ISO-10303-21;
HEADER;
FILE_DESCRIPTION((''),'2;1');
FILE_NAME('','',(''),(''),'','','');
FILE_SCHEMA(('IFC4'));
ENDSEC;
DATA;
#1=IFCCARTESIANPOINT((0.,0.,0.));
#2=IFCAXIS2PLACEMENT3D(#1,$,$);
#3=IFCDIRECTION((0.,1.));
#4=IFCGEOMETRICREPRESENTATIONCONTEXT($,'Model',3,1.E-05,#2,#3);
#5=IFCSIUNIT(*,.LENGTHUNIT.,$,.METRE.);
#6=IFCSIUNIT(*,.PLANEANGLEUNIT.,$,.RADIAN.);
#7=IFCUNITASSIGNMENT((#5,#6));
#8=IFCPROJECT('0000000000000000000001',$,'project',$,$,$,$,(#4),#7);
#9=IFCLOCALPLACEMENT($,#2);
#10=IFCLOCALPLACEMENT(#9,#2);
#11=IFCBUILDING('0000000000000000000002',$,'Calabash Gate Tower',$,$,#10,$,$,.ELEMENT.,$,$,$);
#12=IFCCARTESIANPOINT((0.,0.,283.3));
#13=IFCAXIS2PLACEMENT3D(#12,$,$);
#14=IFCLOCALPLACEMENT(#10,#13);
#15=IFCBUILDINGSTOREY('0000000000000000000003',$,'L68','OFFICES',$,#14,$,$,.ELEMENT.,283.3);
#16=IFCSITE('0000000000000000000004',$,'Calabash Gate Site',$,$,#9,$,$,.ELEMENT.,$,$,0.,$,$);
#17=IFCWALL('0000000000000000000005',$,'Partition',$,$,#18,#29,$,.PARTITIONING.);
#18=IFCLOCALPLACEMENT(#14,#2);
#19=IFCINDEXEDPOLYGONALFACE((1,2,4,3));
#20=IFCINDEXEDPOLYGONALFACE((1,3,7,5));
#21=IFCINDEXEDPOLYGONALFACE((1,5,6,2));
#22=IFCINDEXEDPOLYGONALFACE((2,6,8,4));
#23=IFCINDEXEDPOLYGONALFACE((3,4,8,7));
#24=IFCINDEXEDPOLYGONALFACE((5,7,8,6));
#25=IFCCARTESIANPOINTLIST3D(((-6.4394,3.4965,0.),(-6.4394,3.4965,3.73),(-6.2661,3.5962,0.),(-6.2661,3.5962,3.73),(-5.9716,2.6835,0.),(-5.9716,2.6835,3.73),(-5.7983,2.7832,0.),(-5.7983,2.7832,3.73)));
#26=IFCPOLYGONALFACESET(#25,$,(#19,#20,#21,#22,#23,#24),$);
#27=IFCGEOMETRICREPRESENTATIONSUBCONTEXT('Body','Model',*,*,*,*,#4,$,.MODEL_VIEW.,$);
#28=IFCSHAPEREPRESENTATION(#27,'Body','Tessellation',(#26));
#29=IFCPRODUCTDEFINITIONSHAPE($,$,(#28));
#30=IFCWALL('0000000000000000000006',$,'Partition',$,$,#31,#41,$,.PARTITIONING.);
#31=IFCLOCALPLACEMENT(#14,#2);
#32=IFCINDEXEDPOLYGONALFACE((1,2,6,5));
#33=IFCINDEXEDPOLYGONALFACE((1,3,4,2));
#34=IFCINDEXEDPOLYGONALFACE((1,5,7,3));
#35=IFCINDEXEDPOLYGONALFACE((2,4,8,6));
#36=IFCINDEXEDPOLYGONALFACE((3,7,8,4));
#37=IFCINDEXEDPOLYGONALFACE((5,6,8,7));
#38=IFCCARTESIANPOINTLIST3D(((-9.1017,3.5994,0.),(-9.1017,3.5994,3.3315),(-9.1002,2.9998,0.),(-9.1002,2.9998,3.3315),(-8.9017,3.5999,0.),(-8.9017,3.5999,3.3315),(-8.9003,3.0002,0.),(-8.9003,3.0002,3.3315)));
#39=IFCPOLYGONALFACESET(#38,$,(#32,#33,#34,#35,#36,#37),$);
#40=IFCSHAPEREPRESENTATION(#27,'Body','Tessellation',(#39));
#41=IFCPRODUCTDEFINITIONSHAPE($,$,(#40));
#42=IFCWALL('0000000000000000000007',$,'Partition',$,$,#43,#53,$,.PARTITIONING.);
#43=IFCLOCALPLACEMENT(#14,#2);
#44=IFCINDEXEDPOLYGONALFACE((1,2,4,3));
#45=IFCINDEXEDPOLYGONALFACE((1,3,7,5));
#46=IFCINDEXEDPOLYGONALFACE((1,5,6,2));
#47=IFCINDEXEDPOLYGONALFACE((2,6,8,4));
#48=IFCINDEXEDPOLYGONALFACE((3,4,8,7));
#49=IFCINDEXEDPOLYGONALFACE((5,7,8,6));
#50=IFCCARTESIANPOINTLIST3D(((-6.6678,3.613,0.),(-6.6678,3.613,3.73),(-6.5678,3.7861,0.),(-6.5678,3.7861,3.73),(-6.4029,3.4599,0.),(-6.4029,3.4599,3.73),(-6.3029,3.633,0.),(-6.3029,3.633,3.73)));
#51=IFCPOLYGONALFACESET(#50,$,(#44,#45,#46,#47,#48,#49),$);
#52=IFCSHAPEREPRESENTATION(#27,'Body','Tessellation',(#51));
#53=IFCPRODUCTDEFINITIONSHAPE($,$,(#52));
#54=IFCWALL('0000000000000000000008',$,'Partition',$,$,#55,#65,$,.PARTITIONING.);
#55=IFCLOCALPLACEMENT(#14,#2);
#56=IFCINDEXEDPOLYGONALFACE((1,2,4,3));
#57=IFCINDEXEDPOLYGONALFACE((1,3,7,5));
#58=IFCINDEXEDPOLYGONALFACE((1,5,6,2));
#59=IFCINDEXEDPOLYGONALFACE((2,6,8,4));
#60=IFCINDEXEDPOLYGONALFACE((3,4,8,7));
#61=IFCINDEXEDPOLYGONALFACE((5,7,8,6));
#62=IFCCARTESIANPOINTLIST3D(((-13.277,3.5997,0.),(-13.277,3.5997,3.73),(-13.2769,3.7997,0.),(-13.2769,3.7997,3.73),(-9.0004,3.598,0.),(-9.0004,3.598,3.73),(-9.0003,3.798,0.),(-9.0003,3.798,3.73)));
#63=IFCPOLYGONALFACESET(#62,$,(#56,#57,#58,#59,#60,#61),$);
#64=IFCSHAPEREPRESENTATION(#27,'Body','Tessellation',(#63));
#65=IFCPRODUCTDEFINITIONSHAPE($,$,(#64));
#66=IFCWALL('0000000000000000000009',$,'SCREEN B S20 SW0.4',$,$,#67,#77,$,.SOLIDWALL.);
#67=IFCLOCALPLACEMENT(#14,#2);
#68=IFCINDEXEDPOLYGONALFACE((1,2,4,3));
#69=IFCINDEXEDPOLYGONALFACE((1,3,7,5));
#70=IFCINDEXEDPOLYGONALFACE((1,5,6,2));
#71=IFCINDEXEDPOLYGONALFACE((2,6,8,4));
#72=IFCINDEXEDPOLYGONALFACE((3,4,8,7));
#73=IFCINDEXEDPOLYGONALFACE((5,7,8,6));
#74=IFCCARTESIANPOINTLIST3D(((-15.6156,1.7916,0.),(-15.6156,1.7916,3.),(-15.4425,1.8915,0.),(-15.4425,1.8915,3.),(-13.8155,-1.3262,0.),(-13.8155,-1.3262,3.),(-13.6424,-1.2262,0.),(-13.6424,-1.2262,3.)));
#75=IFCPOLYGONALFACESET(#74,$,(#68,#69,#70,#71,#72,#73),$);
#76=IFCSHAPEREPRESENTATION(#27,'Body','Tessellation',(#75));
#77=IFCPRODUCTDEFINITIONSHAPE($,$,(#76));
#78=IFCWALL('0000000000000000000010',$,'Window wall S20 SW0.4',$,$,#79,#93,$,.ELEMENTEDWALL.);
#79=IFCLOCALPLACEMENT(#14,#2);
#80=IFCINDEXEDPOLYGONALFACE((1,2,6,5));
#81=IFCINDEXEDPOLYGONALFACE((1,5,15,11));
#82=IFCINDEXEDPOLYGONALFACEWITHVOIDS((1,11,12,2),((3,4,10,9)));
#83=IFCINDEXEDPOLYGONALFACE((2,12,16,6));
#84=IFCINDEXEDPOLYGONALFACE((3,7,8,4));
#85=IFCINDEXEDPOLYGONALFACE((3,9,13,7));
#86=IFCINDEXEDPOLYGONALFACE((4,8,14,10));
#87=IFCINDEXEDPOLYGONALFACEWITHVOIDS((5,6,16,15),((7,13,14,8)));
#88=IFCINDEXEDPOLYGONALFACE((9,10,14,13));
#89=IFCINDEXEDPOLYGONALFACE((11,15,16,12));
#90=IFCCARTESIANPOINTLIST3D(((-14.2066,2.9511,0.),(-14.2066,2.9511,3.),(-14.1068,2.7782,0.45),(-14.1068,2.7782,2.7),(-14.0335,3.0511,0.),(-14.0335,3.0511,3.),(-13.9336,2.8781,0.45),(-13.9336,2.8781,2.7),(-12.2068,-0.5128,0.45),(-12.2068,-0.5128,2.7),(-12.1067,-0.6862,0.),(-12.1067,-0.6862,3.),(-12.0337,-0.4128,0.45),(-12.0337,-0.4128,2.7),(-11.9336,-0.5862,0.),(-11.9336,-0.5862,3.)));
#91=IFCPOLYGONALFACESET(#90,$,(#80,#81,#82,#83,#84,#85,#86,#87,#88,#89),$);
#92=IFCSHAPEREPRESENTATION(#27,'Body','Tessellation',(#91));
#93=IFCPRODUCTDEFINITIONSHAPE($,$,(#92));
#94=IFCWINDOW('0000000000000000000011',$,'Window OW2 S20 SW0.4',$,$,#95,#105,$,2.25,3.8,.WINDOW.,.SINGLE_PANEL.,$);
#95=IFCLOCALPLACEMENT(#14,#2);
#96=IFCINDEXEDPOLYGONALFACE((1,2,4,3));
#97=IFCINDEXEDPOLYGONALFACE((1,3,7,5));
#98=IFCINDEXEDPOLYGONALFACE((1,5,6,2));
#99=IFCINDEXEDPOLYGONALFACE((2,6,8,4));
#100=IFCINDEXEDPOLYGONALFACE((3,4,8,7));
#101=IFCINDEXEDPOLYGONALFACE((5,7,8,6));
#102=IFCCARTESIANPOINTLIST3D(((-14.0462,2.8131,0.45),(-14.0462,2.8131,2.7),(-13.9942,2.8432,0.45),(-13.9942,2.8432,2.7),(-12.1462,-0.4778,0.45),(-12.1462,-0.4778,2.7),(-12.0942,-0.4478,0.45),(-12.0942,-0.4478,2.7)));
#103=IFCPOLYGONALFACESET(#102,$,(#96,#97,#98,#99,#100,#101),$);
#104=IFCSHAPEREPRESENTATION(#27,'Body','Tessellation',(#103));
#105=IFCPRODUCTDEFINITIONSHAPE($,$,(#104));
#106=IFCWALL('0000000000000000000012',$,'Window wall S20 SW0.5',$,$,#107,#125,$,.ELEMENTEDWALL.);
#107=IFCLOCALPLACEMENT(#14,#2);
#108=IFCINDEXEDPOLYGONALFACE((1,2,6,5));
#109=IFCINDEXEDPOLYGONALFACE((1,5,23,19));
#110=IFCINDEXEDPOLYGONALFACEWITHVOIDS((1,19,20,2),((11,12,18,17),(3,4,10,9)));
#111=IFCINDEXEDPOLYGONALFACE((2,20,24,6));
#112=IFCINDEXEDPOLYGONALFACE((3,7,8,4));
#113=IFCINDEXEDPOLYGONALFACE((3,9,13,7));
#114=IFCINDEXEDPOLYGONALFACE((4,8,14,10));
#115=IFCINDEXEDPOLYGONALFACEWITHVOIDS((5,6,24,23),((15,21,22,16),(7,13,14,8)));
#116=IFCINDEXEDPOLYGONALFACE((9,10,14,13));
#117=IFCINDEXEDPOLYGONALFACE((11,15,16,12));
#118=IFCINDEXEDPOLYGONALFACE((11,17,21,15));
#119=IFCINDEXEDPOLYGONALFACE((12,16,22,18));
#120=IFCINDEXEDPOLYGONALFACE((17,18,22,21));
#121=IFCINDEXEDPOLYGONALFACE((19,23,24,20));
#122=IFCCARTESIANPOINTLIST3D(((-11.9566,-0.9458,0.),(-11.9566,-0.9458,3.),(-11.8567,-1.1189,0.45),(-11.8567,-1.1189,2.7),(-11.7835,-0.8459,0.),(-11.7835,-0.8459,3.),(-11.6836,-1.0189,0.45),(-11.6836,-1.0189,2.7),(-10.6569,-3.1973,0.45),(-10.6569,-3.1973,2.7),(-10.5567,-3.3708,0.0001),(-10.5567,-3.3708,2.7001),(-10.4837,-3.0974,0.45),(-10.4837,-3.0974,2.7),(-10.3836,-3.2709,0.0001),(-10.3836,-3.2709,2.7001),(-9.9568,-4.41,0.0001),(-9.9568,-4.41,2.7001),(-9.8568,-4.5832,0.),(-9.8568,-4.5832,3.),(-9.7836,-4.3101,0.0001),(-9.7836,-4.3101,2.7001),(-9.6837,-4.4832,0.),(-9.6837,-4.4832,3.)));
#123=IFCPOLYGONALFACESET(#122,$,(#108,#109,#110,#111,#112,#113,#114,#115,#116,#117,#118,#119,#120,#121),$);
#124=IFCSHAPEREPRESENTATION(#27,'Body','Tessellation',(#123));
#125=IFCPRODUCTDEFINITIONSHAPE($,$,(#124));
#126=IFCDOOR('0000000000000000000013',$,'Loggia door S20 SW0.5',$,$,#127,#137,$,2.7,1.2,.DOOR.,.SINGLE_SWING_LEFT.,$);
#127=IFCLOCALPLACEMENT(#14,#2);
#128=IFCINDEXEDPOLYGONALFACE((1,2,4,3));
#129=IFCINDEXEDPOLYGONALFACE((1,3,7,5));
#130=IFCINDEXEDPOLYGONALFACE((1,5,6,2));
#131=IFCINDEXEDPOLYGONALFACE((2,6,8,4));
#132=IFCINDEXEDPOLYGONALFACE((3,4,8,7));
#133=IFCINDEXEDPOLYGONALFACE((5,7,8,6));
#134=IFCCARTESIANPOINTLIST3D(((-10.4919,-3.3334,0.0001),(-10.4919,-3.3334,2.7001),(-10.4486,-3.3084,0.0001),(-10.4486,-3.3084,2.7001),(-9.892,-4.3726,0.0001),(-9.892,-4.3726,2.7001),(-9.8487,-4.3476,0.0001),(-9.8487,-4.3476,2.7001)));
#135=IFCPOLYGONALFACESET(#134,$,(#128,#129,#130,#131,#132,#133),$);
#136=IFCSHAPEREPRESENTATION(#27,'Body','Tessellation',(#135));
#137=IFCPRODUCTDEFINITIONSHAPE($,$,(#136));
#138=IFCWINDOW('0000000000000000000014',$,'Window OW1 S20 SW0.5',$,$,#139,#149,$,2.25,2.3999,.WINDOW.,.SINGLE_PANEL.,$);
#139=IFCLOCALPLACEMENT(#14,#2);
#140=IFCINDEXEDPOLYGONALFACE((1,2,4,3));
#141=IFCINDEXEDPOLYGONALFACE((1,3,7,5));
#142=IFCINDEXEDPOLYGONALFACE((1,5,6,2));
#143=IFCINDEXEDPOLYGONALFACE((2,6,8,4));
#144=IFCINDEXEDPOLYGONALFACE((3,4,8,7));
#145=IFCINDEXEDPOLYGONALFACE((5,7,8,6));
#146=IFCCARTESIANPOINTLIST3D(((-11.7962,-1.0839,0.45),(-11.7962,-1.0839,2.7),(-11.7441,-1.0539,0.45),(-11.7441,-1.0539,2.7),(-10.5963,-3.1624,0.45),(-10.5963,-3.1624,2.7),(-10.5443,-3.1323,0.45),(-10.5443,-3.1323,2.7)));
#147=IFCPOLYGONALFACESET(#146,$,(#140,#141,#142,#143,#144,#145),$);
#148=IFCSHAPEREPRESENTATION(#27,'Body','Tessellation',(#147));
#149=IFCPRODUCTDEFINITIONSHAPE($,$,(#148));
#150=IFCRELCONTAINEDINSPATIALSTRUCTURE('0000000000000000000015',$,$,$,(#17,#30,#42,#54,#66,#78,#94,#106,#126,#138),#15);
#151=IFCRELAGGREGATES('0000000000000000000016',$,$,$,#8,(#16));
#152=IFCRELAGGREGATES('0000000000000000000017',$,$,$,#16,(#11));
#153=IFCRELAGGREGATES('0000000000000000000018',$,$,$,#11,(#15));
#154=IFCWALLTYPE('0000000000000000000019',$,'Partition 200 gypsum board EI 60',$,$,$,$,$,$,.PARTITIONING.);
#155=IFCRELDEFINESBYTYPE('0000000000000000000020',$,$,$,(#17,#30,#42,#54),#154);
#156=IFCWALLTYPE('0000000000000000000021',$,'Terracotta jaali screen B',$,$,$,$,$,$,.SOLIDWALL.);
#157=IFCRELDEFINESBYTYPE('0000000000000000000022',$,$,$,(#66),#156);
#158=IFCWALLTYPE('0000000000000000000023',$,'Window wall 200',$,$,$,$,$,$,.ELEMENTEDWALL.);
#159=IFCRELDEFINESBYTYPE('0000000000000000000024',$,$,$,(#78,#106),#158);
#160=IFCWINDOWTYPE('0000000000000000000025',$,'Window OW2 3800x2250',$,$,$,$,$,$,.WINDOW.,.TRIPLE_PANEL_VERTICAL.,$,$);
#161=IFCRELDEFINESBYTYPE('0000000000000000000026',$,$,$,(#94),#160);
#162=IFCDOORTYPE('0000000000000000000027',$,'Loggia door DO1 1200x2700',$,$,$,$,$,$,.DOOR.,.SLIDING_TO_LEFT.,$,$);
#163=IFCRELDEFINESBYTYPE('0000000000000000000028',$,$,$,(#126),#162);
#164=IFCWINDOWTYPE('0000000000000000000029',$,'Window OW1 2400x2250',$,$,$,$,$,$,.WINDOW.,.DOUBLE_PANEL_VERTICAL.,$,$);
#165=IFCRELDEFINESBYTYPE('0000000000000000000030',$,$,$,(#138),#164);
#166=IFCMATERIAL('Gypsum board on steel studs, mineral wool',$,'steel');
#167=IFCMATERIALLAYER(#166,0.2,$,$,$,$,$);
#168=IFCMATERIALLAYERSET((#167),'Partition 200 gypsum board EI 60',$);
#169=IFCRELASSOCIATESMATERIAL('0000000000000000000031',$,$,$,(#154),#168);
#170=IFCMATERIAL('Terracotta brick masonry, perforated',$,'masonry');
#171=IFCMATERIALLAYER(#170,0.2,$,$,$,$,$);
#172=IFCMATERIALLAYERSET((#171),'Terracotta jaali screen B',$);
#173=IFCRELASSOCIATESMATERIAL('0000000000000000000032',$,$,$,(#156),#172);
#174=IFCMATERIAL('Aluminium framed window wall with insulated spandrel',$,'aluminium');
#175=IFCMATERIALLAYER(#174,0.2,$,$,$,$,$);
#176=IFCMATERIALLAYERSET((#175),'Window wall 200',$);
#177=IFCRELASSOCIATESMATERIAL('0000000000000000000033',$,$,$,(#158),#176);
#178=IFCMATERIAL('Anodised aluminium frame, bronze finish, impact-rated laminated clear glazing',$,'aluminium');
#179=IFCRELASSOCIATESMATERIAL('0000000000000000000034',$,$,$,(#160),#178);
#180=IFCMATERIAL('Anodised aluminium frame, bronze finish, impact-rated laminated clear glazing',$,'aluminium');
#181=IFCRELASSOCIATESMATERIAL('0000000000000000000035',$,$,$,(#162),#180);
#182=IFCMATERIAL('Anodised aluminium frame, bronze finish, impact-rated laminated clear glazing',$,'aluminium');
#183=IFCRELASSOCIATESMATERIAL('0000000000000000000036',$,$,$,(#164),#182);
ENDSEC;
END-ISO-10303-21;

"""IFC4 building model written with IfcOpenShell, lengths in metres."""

from ifc_helpers import new_model, si_unit, direction, frame, frame_2d, origin, place, context, subcontext, project, spatial, rectangle, extrude, material, layer, layer_set, type_object, element, fill, save


model = new_model("IFC4")

# Units and contexts
model_context = context("Model", 3, precision=1e-05, world=origin(), true_north=direction((0.0, 1.0)))
body_context = subcontext(model_context, "Body", "Model", "MODEL_VIEW")
ifc_project = project(units=[si_unit("LENGTHUNIT", "METRE"), si_unit("PLANEANGLEUNIT", "RADIAN")], contexts=[model_context])

# Site, building, storey
site_placement = place(None, origin())
site = spatial("IfcSite", under=ifc_project, at=site_placement, Name="Calabash Gate Site", CompositionType="ELEMENT", RefElevation=0.0)
building_placement = place(site_placement, origin())
building = spatial("IfcBuilding", under=site, at=building_placement, Name="Calabash Gate Tower", CompositionType="ELEMENT")
storey_placement = place(building_placement, frame((0.0, 0.0, 283.3)))
storey = spatial("IfcBuildingStorey", under=building, at=storey_placement, Name="L68", Description="OFFICES", CompositionType="ELEMENT", Elevation=283.3)

# Walls
ifc_material_1 = material(Name="Gypsum board on steel studs, mineral wool", Category="steel")
ifc_layer_1 = layer(ifc_material_1, 0.2)
ifc_layer_set_1 = layer_set([ifc_layer_1], Name="Partition 200 gypsum board EI 60")
wall_type_1 = type_object("IfcWallType", Name="Partition 200 gypsum board EI 60", PredefinedType="PARTITIONING", material=ifc_layer_set_1)
wall_1_placement = place(storey_placement, frame((-6.3528, 3.5464, 0.0), z_axis=(0.0, 0.0, 1.0), x_axis=(0.498716, -0.866766, 0.0)))
element("IfcWall", 1, at=wall_1_placement, inside=storey, type_object=wall_type_1, Name="Partition", PredefinedType="PARTITIONING", context=body_context, shape_type="SweptSolid", body=[
    extrude(rectangle(XDim=0.938, YDim=0.2, at=frame_2d((0.469, 0.0))), origin(), (0.0, 0.0, 1.0), 3.73),
])
wall_2_placement = place(storey_placement, frame((-9.0017, 3.5996, 0.0), z_axis=(0.0, 0.0, 1.0), x_axis=(0.002443, -0.999997, 0.0)))
element("IfcWall", 2, at=wall_2_placement, inside=storey, type_object=wall_type_1, Name="Partition", PredefinedType="PARTITIONING", context=body_context, shape_type="SweptSolid", body=[
    extrude(rectangle(XDim=0.5996, YDim=0.2, at=frame_2d((0.2998, 0.0))), origin(), (0.0, 0.0, 1.0), 3.3315),
])
wall_3_placement = place(storey_placement, frame((-6.6177, 3.6995, 0.0), z_axis=(0.0, 0.0, 1.0), x_axis=(0.865827, -0.500344, 0.0)))
element("IfcWall", 3, at=wall_3_placement, inside=storey, type_object=wall_type_1, Name="Partition", PredefinedType="PARTITIONING", context=body_context, shape_type="SweptSolid", body=[
    extrude(rectangle(XDim=0.3059, YDim=0.2, at=frame_2d((0.1528, 0.0))), origin(), (0.0, 0.0, 1.0), 3.73),
])
wall_4_placement = place(storey_placement, frame((-13.2769, 3.6997, 0.0), z_axis=(0.0, 0.0, 1.0), x_axis=(1.0, -0.0004, 0.0)))
element("IfcWall", 4, at=wall_4_placement, inside=storey, type_object=wall_type_1, Name="Partition", PredefinedType="PARTITIONING", context=body_context, shape_type="SweptSolid", body=[
    extrude(rectangle(XDim=4.2766, YDim=0.2, at=frame_2d((2.1382, 0.0))), origin(), (0.0, 0.0, 1.0), 3.73),
])

# Wall
ifc_material_2 = material(Name="Terracotta brick masonry, perforated", Category="masonry")
ifc_layer_2 = layer(ifc_material_2, 0.2)
ifc_layer_set_2 = layer_set([ifc_layer_2], Name="Terracotta jaali screen B")
wall_type_2 = type_object("IfcWallType", Name="Terracotta jaali screen B", PredefinedType="SOLIDWALL", material=ifc_layer_set_2)
wall_5_placement = place(storey_placement, frame((-15.5291, 1.8416, 0.0), z_axis=(0.0, 0.0, 1.0), x_axis=(0.500012, -0.866018, 0.0)))
element("IfcWall", 5, at=wall_5_placement, inside=storey, type_object=wall_type_2, Name="SCREEN B S20 SW0.4", PredefinedType="SOLIDWALL", context=body_context, shape_type="SweptSolid", body=[
    extrude(rectangle(XDim=3.6001, YDim=0.2, at=frame_2d((1.8, 0.0))), origin(), (0.0, 0.0, 1.0), 3.0),
])

# Wall, opening, window
ifc_material_3 = material(Name="Aluminium framed window wall with insulated spandrel", Category="aluminium")
ifc_layer_3 = layer(ifc_material_3, 0.2)
ifc_layer_set_3 = layer_set([ifc_layer_3], Name="Window wall 200")
wall_type_3 = type_object("IfcWallType", Name="Window wall 200", PredefinedType="ELEMENTEDWALL", material=ifc_layer_set_3)
wall_6_placement = place(storey_placement, frame((-14.1201, 3.0012, 0.0), z_axis=(0.0, 0.0, 1.0), x_axis=(0.499984, -0.866035, 0.0)))
wall_6 = element("IfcWall", 6, at=wall_6_placement, inside=storey, type_object=wall_type_3, Name="Window wall S20 SW0.4", PredefinedType="ELEMENTEDWALL", context=body_context, shape_type="SweptSolid", body=[
    extrude(rectangle(XDim=4.2, YDim=0.2, at=frame_2d((2.1001, 0.0))), origin(), (0.0, 0.0, 1.0), 3.0),
])
opening_1_placement = place(wall_6_placement, frame((0.2, 0.0, 0.45)))
opening_1 = element("IfcOpeningElement", 7, at=opening_1_placement, cuts=wall_6, PredefinedType="OPENING", context=body_context, shape_type="SweptSolid", body=[
    extrude(rectangle(XDim=3.8, YDim=2.25, at=frame_2d((1.8999, 1.125))), frame((0.0, 0.1099, 0.0), z_axis=(0.0, -1.0, 0.0), x_axis=(1.0, 0.0, 0.0)), (0.0, 0.0, 1.0), 0.22),
])
ifc_material_4 = material(Name="Anodised aluminium frame, bronze finish, impact-rated laminated clear glazing", Category="aluminium")
window_type_1 = type_object("IfcWindowType", Name="Window OW2 3800x2250", PartitioningType="TRIPLE_PANEL_VERTICAL", PredefinedType="WINDOW", material=ifc_material_4)
window_1_placement = place(opening_1_placement, origin())
window_1 = element("IfcWindow", 8, at=window_1_placement, inside=storey, type_object=window_type_1, Name="Window OW2 S20 SW0.4", OverallHeight=2.25, OverallWidth=3.8, PartitioningType="SINGLE_PANEL", PredefinedType="WINDOW", context=body_context, shape_type="SweptSolid", body=[
    extrude(rectangle(XDim=3.8, YDim=2.25, at=frame_2d((1.8999, 1.125))), frame((0.0, 0.03, 0.0), z_axis=(0.0, -1.0, 0.0), x_axis=(1.0, 0.0, 0.0)), (0.0, 0.0, 1.0), 0.0601),
])
fill(opening_1, window_1)

# Wall, openings, door, window
wall_7_placement = place(storey_placement, frame((-11.8701, -0.8958, 0.0), z_axis=(0.0, 0.0, 1.0), x_axis=(0.499959, -0.866049, 0.0)))
wall_7 = element("IfcWall", 9, at=wall_7_placement, inside=storey, type_object=wall_type_3, Name="Window wall S20 SW0.5", PredefinedType="ELEMENTEDWALL", context=body_context, shape_type="SweptSolid", body=[
    extrude(rectangle(XDim=4.2, YDim=0.2, at=frame_2d((2.1001, 0.0))), origin(), (0.0, 0.0, 1.0), 3.0),
])
opening_2_placement = place(wall_7_placement, frame((0.2, 0.0, 0.45)))
opening_2 = element("IfcOpeningElement", 10, at=opening_2_placement, cuts=wall_7, PredefinedType="OPENING", context=body_context, shape_type="SweptSolid", body=[
    extrude(rectangle(XDim=2.3999, YDim=2.25, at=frame_2d((1.2, 1.125))), frame((0.0, 0.1099, 0.0), z_axis=(0.0, -1.0, 0.0), x_axis=(1.0, 0.0, 0.0)), (0.0, 0.0, 1.0), 0.22),
])
opening_3_placement = place(wall_7_placement, frame((2.8, 0.0, 0.0)))
opening_3 = element("IfcOpeningElement", 11, at=opening_3_placement, cuts=wall_7, PredefinedType="OPENING", context=body_context, shape_type="SweptSolid", body=[
    extrude(rectangle(XDim=1.2, YDim=2.7, at=frame_2d((0.6001, 1.3501))), frame((0.0, 0.1099, 0.0), z_axis=(0.0, -1.0, 0.0), x_axis=(1.0, 0.0, 0.0)), (0.0, 0.0, 1.0), 0.22),
])
ifc_material_5 = material(Name="Anodised aluminium frame, bronze finish, impact-rated laminated clear glazing", Category="aluminium")
door_type_1 = type_object("IfcDoorType", Name="Loggia door DO1 1200x2700", OperationType="SLIDING_TO_LEFT", PredefinedType="DOOR", material=ifc_material_5)
door_1_placement = place(opening_3_placement, origin())
door_1 = element("IfcDoor", 12, at=door_1_placement, inside=storey, type_object=door_type_1, Name="Loggia door S20 SW0.5", OperationType="SINGLE_SWING_LEFT", OverallHeight=2.7, OverallWidth=1.2, PredefinedType="DOOR", context=body_context, shape_type="SweptSolid", body=[
    extrude(rectangle(XDim=1.2, YDim=2.7, at=frame_2d((0.6001, 1.3501))), frame((0.0, 0.0249, 0.0), z_axis=(0.0, -1.0, 0.0), x_axis=(1.0, 0.0, 0.0)), (0.0, 0.0, 1.0), 0.05),
])
fill(opening_3, door_1)
ifc_material_6 = material(Name="Anodised aluminium frame, bronze finish, impact-rated laminated clear glazing", Category="aluminium")
window_type_2 = type_object("IfcWindowType", Name="Window OW1 2400x2250", PartitioningType="DOUBLE_PANEL_VERTICAL", PredefinedType="WINDOW", material=ifc_material_6)
window_2_placement = place(opening_2_placement, origin())
window_2 = element("IfcWindow", 13, at=window_2_placement, inside=storey, type_object=window_type_2, Name="Window OW1 S20 SW0.5", OverallHeight=2.25, OverallWidth=2.3999, PartitioningType="SINGLE_PANEL", PredefinedType="WINDOW", context=body_context, shape_type="SweptSolid", body=[
    extrude(rectangle(XDim=2.3999, YDim=2.25, at=frame_2d((1.2, 1.125))), frame((0.0, 0.03, 0.0), z_axis=(0.0, -1.0, 0.0), x_axis=(1.0, 0.0, 0.0)), (0.0, 0.0, 1.0), 0.0601),
])
fill(opening_2, window_2)

save(model, "model.ifc")
